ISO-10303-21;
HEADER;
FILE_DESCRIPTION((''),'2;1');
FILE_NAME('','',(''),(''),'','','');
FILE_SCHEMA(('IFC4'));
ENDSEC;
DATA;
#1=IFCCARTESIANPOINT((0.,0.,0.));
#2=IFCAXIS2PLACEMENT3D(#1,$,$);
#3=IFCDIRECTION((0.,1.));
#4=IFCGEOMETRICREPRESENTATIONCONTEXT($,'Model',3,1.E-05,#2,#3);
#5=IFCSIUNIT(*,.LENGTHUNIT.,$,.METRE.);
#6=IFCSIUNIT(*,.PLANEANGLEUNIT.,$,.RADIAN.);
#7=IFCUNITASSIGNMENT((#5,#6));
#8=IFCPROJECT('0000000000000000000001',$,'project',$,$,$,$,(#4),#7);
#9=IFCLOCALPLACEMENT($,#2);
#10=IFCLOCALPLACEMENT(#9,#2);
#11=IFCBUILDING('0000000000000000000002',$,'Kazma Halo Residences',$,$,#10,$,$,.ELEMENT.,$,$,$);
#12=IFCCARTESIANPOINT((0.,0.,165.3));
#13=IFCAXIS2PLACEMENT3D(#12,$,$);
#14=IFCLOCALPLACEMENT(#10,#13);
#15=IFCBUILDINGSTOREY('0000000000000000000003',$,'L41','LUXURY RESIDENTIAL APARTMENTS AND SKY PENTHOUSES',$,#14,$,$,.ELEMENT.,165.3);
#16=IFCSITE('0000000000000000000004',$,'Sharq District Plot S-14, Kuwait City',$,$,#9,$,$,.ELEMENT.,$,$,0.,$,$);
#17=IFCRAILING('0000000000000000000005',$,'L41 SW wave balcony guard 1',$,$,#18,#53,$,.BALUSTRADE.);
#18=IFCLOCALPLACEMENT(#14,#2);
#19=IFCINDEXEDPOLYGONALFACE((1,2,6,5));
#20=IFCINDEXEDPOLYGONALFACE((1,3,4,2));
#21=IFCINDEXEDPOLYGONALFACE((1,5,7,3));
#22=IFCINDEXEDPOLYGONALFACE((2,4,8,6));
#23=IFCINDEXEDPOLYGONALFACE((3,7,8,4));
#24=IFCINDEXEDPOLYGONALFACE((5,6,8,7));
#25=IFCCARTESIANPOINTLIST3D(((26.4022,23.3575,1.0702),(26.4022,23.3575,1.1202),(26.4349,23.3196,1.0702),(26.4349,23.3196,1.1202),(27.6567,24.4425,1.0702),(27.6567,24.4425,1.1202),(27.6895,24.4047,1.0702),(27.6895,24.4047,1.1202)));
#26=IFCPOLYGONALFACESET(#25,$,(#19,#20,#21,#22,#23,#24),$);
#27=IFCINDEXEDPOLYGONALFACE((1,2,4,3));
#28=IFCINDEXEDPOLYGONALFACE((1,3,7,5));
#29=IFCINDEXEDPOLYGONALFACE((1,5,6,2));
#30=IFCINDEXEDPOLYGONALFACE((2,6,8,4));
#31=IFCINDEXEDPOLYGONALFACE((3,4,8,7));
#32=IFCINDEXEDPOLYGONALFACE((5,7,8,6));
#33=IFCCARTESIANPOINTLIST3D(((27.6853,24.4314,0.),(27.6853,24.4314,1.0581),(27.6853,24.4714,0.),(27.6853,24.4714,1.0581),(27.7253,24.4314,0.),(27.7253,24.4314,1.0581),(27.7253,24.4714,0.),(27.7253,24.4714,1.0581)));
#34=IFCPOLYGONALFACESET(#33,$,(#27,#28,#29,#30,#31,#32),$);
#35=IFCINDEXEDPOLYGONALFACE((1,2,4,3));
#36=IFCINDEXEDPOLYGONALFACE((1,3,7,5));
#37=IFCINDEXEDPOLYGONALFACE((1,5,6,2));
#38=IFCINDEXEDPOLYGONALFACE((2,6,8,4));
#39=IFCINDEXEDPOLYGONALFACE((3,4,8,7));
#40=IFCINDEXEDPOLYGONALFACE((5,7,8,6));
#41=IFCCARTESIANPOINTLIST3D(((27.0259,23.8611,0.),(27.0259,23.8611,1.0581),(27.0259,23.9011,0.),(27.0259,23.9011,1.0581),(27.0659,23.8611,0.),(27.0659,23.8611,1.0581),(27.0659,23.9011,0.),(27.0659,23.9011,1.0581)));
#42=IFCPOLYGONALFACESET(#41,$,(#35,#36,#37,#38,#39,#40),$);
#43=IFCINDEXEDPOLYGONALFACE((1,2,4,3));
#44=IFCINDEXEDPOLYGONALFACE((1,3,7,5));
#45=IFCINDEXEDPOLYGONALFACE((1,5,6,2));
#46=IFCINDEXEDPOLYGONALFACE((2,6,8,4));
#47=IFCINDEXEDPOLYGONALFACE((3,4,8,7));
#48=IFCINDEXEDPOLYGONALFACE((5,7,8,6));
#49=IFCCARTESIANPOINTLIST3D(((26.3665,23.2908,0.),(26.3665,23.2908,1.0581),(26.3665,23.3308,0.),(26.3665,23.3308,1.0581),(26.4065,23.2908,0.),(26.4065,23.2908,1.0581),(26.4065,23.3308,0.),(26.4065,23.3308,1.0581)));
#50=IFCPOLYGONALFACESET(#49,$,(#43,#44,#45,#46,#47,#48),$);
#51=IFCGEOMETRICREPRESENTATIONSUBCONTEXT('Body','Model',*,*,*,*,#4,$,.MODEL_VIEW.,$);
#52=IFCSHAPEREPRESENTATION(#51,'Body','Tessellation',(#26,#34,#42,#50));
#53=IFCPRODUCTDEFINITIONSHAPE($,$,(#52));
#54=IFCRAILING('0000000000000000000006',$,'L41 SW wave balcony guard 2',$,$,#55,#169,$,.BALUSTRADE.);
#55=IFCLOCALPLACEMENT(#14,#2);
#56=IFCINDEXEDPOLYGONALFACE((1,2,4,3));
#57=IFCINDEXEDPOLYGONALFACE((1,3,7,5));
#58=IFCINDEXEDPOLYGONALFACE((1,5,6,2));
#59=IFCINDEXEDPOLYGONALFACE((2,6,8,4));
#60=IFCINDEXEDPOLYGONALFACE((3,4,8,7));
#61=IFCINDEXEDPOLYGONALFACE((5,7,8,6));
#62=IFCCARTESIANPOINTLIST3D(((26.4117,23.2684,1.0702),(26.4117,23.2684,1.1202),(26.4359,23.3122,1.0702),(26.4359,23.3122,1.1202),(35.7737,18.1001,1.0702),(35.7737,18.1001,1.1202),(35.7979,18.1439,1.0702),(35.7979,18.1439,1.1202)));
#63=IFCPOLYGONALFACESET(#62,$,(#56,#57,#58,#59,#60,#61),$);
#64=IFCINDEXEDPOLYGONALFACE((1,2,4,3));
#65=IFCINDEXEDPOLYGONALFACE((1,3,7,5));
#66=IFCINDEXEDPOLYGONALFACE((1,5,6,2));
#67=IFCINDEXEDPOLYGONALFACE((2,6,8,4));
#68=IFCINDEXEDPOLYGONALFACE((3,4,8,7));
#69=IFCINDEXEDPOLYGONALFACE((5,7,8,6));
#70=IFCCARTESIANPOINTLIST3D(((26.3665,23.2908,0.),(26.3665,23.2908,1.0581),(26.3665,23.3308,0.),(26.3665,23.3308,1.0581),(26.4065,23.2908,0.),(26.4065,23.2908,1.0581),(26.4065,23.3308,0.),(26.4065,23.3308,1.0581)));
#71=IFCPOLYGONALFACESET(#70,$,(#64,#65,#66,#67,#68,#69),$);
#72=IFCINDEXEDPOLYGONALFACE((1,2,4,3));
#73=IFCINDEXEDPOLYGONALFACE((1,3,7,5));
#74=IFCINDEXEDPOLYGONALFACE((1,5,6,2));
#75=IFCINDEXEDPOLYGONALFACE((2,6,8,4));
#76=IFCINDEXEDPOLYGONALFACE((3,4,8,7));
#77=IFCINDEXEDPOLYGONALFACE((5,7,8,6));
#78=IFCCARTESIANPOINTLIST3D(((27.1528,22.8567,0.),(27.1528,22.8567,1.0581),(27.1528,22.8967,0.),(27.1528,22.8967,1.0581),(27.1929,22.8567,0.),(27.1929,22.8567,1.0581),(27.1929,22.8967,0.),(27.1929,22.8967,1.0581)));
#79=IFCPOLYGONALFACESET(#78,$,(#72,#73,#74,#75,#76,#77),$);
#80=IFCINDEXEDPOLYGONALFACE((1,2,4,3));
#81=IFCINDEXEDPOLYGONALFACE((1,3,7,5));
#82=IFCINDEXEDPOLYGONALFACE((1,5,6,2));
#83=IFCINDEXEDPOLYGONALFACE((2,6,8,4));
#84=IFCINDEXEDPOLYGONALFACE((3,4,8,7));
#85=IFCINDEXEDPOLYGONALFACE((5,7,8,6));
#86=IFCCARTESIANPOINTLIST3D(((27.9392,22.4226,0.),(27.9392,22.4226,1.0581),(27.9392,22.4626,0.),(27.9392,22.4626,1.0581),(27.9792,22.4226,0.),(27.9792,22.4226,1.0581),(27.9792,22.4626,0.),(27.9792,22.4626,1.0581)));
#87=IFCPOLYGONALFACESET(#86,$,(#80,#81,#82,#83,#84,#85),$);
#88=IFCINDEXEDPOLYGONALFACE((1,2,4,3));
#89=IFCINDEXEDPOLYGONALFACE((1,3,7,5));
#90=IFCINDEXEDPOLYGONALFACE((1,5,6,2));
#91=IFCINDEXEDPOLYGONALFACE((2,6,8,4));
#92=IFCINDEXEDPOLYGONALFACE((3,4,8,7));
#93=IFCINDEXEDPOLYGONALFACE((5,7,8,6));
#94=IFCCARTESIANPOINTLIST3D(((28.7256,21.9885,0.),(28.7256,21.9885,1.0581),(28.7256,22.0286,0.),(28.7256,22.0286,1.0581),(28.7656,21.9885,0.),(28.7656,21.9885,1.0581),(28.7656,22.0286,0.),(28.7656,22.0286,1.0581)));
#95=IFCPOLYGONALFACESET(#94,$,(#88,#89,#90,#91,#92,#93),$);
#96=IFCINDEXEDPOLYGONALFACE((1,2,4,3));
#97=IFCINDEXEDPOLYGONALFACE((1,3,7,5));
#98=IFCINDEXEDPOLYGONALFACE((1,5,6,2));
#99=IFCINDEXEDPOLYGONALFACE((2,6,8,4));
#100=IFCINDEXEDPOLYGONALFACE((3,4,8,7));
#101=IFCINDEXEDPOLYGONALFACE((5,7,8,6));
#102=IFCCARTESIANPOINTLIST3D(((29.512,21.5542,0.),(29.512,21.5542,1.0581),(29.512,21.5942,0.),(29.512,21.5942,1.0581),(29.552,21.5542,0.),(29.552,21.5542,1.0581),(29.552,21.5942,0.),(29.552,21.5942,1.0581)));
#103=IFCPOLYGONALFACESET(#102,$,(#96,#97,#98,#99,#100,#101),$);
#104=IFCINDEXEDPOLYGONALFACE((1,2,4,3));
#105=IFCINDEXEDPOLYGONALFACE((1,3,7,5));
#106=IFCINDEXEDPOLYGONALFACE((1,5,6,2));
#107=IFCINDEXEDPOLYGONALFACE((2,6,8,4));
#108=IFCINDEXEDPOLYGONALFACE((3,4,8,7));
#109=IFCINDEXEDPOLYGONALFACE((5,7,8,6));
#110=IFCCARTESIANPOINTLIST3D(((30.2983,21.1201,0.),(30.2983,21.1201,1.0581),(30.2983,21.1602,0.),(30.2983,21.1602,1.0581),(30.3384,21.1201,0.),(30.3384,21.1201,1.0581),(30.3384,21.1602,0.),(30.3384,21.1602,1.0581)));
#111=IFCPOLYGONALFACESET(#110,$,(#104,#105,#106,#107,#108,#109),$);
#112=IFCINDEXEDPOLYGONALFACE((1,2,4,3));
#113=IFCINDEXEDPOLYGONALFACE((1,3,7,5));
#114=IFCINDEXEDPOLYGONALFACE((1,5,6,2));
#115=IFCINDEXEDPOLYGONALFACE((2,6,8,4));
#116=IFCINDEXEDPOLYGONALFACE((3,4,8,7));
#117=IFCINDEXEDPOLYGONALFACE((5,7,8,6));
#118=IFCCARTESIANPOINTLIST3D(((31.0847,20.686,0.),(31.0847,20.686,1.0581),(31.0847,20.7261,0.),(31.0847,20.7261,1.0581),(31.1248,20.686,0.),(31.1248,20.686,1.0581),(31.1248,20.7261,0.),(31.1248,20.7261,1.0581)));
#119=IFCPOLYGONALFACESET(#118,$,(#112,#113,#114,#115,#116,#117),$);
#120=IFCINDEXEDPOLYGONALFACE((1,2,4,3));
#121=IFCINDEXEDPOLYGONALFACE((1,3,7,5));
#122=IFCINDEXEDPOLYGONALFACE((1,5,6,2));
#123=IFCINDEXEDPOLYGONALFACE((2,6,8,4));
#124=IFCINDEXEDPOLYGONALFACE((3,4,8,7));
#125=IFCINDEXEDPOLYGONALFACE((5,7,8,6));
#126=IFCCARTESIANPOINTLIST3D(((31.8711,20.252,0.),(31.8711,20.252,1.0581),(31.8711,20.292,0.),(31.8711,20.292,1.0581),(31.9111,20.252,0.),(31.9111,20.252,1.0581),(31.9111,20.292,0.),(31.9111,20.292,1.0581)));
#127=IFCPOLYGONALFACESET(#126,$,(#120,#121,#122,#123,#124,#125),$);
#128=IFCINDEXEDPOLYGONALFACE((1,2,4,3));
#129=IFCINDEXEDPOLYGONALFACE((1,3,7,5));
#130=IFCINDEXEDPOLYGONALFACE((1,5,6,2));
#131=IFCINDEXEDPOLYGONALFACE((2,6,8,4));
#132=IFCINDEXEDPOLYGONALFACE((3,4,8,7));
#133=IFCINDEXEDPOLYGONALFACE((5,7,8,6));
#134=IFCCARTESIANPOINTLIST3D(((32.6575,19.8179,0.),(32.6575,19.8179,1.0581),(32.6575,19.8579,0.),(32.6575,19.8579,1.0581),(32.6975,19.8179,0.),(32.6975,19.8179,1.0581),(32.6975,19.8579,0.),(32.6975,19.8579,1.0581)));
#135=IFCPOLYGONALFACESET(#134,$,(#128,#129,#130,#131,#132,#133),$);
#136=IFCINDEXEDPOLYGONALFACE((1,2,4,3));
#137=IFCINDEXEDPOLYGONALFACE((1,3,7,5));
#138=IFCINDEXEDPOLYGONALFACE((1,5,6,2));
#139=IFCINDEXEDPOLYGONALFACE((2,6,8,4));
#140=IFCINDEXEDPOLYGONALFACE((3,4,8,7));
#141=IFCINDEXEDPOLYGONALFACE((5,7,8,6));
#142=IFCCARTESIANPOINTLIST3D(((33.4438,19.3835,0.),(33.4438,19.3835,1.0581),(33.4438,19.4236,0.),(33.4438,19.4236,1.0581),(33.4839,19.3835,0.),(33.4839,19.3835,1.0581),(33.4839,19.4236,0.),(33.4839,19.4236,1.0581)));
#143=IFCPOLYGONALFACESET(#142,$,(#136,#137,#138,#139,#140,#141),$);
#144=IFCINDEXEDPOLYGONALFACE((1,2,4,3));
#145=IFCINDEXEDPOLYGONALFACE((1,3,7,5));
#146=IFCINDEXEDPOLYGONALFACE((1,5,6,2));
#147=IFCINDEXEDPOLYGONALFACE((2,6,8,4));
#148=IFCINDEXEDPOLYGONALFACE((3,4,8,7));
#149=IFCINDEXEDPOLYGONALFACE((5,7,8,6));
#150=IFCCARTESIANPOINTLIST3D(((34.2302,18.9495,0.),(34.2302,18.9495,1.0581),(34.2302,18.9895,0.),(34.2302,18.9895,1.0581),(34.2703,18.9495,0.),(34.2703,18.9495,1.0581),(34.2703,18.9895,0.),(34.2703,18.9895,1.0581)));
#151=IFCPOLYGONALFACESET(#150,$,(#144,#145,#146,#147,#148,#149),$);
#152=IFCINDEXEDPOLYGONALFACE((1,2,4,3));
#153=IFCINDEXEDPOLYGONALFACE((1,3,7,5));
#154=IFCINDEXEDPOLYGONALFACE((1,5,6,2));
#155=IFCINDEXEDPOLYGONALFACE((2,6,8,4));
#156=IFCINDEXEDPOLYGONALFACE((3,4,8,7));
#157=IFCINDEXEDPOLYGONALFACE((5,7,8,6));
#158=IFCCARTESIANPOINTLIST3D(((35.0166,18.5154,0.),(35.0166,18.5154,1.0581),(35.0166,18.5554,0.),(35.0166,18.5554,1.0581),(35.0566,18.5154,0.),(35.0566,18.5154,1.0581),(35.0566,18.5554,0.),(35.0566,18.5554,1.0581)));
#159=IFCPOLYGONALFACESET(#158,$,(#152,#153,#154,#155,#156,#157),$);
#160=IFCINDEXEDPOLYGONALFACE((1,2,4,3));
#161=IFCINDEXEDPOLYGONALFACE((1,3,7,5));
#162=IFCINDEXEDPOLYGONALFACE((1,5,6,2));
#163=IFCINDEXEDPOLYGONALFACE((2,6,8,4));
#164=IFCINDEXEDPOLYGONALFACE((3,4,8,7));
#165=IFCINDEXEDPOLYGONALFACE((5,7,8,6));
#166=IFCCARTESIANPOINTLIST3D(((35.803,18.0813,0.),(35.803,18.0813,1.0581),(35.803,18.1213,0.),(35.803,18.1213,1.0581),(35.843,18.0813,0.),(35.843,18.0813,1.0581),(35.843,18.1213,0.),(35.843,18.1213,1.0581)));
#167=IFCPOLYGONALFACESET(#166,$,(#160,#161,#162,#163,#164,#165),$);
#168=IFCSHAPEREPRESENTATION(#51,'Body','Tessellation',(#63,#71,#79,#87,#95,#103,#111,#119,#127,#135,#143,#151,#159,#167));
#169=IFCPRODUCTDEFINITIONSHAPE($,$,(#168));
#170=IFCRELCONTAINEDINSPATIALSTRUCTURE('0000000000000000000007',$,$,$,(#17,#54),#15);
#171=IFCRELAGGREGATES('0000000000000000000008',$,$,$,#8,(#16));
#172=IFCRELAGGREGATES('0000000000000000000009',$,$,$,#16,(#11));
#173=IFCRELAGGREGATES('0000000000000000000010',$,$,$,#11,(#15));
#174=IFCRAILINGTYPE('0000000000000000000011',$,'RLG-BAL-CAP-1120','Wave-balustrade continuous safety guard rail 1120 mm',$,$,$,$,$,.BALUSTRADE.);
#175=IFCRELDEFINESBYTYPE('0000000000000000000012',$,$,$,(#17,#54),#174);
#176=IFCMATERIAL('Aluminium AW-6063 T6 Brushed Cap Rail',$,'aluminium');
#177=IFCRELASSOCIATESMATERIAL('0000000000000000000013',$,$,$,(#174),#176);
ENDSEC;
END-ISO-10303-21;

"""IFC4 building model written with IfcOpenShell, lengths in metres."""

from ifc_helpers import new_model, si_unit, direction, frame, origin, origin_2d, place, context, subcontext, project, spatial, rectangle, extrude, material, type_object, element, save


model = new_model("IFC4")

# Units and contexts
model_context = context("Model", 3, precision=1e-05, world=origin(), true_north=direction((0.0, 1.0)))
body_context = subcontext(model_context, "Body", "Model", "MODEL_VIEW")
ifc_project = project(units=[si_unit("LENGTHUNIT", "METRE"), si_unit("PLANEANGLEUNIT", "RADIAN")], contexts=[model_context])

# Site, building, storey
site_placement = place(None, origin())
site = spatial("IfcSite", under=ifc_project, at=site_placement, Name="Sharq District Plot S-14, Kuwait City", CompositionType="ELEMENT", RefElevation=0.0)
building_placement = place(site_placement, origin())
building = spatial("IfcBuilding", under=site, at=building_placement, Name="Kazma Halo Residences", CompositionType="ELEMENT")
storey_placement = place(building_placement, frame((0.0, 0.0, 165.3)))
storey = spatial("IfcBuildingStorey", under=building, at=storey_placement, Name="L41", Description="LUXURY RESIDENTIAL APARTMENTS AND SKY PENTHOUSES", CompositionType="ELEMENT", Elevation=165.3)

# Railings
ifc_material_1 = material(Name="Aluminium AW-6063 T6 Brushed Cap Rail", Category="aluminium")
railing_type = type_object("IfcRailingType", Name="RLG-BAL-CAP-1120", Description="Wave-balustrade continuous safety guard rail 1120 mm", PredefinedType="BALUSTRADE", material=ifc_material_1)
railing_1_placement = place(storey_placement, frame((27.7053, 24.4514, 0.0)))
element("IfcRailing", 1, at=railing_1_placement, inside=storey, type_object=railing_type, Name="L41 SW wave balcony guard 1", PredefinedType="BALUSTRADE", context=body_context, shape_type="SweptSolid", body=[
    extrude(rectangle(XDim=0.05, YDim=0.05, at=origin_2d()), frame((-0.0322, -0.0278, 1.0952), z_axis=(-0.756363, -0.654152, 0.0), x_axis=(0.654152, -0.756363, 0.0)), (0.0, 0.0, 1.0), 1.6587),
    extrude(rectangle(XDim=0.04, YDim=0.04, at=origin_2d()), origin(), (0.0, 0.0, 1.0), 1.0581),
    extrude(rectangle(XDim=0.04, YDim=0.04, at=origin_2d()), frame((-0.6594, -0.5703, 0.0)), (0.0, 0.0, 1.0), 1.0581),
    extrude(rectangle(XDim=0.04, YDim=0.04, at=origin_2d()), frame((-1.3188, -1.1406, 0.0)), (0.0, 0.0, 1.0), 1.0581),
])
railing_2_placement = place(storey_placement, frame((26.3865, 23.3108, 0.0)))
element("IfcRailing", 2, at=railing_2_placement, inside=storey, type_object=railing_type, Name="L41 SW wave balcony guard 2", PredefinedType="BALUSTRADE", context=body_context, shape_type="SweptSolid", body=[
    extrude(rectangle(XDim=0.05, YDim=0.05, at=origin_2d()), frame((0.0374, -0.0205, 1.0952), z_axis=(0.875455, -0.483299, 0.0), x_axis=(0.483299, 0.875455, 0.0)), (0.0, 0.0, 1.0), 10.6938),
    extrude(rectangle(XDim=0.04, YDim=0.04, at=origin_2d()), origin(), (0.0, 0.0, 1.0), 1.0581),
    extrude(rectangle(XDim=0.04, YDim=0.04, at=origin_2d()), frame((0.7864, -0.4341, 0.0)), (0.0, 0.0, 1.0), 1.0581),
    extrude(rectangle(XDim=0.04, YDim=0.04, at=origin_2d()), frame((1.5728, -0.8682, 0.0)), (0.0, 0.0, 1.0), 1.0581),
    extrude(rectangle(XDim=0.04, YDim=0.04, at=origin_2d()), frame((2.3591, -1.3022, 0.0)), (0.0, 0.0, 1.0), 1.0581),
    extrude(rectangle(XDim=0.04, YDim=0.04, at=origin_2d()), frame((3.1455, -1.7366, 0.0)), (0.0, 0.0, 1.0), 1.0581),
    extrude(rectangle(XDim=0.04, YDim=0.04, at=origin_2d()), frame((3.9319, -2.1707, 0.0)), (0.0, 0.0, 1.0), 1.0581),
    extrude(rectangle(XDim=0.04, YDim=0.04, at=origin_2d()), frame((4.7183, -2.6047, 0.0)), (0.0, 0.0, 1.0), 1.0581),
    extrude(rectangle(XDim=0.04, YDim=0.04, at=origin_2d()), frame((5.5046, -3.0388, 0.0)), (0.0, 0.0, 1.0), 1.0581),
    extrude(rectangle(XDim=0.04, YDim=0.04, at=origin_2d()), frame((6.291, -3.4729, 0.0)), (0.0, 0.0, 1.0), 1.0581),
    extrude(rectangle(XDim=0.04, YDim=0.04, at=origin_2d()), frame((7.0774, -3.9072, 0.0)), (0.0, 0.0, 1.0), 1.0581),
    extrude(rectangle(XDim=0.04, YDim=0.04, at=origin_2d()), frame((7.8638, -4.3413, 0.0)), (0.0, 0.0, 1.0), 1.0581),
    extrude(rectangle(XDim=0.04, YDim=0.04, at=origin_2d()), frame((8.6501, -4.7754, 0.0)), (0.0, 0.0, 1.0), 1.0581),
    extrude(rectangle(XDim=0.04, YDim=0.04, at=origin_2d()), frame((9.4365, -5.2095, 0.0)), (0.0, 0.0, 1.0), 1.0581),
])

save(model, "model.ifc")
